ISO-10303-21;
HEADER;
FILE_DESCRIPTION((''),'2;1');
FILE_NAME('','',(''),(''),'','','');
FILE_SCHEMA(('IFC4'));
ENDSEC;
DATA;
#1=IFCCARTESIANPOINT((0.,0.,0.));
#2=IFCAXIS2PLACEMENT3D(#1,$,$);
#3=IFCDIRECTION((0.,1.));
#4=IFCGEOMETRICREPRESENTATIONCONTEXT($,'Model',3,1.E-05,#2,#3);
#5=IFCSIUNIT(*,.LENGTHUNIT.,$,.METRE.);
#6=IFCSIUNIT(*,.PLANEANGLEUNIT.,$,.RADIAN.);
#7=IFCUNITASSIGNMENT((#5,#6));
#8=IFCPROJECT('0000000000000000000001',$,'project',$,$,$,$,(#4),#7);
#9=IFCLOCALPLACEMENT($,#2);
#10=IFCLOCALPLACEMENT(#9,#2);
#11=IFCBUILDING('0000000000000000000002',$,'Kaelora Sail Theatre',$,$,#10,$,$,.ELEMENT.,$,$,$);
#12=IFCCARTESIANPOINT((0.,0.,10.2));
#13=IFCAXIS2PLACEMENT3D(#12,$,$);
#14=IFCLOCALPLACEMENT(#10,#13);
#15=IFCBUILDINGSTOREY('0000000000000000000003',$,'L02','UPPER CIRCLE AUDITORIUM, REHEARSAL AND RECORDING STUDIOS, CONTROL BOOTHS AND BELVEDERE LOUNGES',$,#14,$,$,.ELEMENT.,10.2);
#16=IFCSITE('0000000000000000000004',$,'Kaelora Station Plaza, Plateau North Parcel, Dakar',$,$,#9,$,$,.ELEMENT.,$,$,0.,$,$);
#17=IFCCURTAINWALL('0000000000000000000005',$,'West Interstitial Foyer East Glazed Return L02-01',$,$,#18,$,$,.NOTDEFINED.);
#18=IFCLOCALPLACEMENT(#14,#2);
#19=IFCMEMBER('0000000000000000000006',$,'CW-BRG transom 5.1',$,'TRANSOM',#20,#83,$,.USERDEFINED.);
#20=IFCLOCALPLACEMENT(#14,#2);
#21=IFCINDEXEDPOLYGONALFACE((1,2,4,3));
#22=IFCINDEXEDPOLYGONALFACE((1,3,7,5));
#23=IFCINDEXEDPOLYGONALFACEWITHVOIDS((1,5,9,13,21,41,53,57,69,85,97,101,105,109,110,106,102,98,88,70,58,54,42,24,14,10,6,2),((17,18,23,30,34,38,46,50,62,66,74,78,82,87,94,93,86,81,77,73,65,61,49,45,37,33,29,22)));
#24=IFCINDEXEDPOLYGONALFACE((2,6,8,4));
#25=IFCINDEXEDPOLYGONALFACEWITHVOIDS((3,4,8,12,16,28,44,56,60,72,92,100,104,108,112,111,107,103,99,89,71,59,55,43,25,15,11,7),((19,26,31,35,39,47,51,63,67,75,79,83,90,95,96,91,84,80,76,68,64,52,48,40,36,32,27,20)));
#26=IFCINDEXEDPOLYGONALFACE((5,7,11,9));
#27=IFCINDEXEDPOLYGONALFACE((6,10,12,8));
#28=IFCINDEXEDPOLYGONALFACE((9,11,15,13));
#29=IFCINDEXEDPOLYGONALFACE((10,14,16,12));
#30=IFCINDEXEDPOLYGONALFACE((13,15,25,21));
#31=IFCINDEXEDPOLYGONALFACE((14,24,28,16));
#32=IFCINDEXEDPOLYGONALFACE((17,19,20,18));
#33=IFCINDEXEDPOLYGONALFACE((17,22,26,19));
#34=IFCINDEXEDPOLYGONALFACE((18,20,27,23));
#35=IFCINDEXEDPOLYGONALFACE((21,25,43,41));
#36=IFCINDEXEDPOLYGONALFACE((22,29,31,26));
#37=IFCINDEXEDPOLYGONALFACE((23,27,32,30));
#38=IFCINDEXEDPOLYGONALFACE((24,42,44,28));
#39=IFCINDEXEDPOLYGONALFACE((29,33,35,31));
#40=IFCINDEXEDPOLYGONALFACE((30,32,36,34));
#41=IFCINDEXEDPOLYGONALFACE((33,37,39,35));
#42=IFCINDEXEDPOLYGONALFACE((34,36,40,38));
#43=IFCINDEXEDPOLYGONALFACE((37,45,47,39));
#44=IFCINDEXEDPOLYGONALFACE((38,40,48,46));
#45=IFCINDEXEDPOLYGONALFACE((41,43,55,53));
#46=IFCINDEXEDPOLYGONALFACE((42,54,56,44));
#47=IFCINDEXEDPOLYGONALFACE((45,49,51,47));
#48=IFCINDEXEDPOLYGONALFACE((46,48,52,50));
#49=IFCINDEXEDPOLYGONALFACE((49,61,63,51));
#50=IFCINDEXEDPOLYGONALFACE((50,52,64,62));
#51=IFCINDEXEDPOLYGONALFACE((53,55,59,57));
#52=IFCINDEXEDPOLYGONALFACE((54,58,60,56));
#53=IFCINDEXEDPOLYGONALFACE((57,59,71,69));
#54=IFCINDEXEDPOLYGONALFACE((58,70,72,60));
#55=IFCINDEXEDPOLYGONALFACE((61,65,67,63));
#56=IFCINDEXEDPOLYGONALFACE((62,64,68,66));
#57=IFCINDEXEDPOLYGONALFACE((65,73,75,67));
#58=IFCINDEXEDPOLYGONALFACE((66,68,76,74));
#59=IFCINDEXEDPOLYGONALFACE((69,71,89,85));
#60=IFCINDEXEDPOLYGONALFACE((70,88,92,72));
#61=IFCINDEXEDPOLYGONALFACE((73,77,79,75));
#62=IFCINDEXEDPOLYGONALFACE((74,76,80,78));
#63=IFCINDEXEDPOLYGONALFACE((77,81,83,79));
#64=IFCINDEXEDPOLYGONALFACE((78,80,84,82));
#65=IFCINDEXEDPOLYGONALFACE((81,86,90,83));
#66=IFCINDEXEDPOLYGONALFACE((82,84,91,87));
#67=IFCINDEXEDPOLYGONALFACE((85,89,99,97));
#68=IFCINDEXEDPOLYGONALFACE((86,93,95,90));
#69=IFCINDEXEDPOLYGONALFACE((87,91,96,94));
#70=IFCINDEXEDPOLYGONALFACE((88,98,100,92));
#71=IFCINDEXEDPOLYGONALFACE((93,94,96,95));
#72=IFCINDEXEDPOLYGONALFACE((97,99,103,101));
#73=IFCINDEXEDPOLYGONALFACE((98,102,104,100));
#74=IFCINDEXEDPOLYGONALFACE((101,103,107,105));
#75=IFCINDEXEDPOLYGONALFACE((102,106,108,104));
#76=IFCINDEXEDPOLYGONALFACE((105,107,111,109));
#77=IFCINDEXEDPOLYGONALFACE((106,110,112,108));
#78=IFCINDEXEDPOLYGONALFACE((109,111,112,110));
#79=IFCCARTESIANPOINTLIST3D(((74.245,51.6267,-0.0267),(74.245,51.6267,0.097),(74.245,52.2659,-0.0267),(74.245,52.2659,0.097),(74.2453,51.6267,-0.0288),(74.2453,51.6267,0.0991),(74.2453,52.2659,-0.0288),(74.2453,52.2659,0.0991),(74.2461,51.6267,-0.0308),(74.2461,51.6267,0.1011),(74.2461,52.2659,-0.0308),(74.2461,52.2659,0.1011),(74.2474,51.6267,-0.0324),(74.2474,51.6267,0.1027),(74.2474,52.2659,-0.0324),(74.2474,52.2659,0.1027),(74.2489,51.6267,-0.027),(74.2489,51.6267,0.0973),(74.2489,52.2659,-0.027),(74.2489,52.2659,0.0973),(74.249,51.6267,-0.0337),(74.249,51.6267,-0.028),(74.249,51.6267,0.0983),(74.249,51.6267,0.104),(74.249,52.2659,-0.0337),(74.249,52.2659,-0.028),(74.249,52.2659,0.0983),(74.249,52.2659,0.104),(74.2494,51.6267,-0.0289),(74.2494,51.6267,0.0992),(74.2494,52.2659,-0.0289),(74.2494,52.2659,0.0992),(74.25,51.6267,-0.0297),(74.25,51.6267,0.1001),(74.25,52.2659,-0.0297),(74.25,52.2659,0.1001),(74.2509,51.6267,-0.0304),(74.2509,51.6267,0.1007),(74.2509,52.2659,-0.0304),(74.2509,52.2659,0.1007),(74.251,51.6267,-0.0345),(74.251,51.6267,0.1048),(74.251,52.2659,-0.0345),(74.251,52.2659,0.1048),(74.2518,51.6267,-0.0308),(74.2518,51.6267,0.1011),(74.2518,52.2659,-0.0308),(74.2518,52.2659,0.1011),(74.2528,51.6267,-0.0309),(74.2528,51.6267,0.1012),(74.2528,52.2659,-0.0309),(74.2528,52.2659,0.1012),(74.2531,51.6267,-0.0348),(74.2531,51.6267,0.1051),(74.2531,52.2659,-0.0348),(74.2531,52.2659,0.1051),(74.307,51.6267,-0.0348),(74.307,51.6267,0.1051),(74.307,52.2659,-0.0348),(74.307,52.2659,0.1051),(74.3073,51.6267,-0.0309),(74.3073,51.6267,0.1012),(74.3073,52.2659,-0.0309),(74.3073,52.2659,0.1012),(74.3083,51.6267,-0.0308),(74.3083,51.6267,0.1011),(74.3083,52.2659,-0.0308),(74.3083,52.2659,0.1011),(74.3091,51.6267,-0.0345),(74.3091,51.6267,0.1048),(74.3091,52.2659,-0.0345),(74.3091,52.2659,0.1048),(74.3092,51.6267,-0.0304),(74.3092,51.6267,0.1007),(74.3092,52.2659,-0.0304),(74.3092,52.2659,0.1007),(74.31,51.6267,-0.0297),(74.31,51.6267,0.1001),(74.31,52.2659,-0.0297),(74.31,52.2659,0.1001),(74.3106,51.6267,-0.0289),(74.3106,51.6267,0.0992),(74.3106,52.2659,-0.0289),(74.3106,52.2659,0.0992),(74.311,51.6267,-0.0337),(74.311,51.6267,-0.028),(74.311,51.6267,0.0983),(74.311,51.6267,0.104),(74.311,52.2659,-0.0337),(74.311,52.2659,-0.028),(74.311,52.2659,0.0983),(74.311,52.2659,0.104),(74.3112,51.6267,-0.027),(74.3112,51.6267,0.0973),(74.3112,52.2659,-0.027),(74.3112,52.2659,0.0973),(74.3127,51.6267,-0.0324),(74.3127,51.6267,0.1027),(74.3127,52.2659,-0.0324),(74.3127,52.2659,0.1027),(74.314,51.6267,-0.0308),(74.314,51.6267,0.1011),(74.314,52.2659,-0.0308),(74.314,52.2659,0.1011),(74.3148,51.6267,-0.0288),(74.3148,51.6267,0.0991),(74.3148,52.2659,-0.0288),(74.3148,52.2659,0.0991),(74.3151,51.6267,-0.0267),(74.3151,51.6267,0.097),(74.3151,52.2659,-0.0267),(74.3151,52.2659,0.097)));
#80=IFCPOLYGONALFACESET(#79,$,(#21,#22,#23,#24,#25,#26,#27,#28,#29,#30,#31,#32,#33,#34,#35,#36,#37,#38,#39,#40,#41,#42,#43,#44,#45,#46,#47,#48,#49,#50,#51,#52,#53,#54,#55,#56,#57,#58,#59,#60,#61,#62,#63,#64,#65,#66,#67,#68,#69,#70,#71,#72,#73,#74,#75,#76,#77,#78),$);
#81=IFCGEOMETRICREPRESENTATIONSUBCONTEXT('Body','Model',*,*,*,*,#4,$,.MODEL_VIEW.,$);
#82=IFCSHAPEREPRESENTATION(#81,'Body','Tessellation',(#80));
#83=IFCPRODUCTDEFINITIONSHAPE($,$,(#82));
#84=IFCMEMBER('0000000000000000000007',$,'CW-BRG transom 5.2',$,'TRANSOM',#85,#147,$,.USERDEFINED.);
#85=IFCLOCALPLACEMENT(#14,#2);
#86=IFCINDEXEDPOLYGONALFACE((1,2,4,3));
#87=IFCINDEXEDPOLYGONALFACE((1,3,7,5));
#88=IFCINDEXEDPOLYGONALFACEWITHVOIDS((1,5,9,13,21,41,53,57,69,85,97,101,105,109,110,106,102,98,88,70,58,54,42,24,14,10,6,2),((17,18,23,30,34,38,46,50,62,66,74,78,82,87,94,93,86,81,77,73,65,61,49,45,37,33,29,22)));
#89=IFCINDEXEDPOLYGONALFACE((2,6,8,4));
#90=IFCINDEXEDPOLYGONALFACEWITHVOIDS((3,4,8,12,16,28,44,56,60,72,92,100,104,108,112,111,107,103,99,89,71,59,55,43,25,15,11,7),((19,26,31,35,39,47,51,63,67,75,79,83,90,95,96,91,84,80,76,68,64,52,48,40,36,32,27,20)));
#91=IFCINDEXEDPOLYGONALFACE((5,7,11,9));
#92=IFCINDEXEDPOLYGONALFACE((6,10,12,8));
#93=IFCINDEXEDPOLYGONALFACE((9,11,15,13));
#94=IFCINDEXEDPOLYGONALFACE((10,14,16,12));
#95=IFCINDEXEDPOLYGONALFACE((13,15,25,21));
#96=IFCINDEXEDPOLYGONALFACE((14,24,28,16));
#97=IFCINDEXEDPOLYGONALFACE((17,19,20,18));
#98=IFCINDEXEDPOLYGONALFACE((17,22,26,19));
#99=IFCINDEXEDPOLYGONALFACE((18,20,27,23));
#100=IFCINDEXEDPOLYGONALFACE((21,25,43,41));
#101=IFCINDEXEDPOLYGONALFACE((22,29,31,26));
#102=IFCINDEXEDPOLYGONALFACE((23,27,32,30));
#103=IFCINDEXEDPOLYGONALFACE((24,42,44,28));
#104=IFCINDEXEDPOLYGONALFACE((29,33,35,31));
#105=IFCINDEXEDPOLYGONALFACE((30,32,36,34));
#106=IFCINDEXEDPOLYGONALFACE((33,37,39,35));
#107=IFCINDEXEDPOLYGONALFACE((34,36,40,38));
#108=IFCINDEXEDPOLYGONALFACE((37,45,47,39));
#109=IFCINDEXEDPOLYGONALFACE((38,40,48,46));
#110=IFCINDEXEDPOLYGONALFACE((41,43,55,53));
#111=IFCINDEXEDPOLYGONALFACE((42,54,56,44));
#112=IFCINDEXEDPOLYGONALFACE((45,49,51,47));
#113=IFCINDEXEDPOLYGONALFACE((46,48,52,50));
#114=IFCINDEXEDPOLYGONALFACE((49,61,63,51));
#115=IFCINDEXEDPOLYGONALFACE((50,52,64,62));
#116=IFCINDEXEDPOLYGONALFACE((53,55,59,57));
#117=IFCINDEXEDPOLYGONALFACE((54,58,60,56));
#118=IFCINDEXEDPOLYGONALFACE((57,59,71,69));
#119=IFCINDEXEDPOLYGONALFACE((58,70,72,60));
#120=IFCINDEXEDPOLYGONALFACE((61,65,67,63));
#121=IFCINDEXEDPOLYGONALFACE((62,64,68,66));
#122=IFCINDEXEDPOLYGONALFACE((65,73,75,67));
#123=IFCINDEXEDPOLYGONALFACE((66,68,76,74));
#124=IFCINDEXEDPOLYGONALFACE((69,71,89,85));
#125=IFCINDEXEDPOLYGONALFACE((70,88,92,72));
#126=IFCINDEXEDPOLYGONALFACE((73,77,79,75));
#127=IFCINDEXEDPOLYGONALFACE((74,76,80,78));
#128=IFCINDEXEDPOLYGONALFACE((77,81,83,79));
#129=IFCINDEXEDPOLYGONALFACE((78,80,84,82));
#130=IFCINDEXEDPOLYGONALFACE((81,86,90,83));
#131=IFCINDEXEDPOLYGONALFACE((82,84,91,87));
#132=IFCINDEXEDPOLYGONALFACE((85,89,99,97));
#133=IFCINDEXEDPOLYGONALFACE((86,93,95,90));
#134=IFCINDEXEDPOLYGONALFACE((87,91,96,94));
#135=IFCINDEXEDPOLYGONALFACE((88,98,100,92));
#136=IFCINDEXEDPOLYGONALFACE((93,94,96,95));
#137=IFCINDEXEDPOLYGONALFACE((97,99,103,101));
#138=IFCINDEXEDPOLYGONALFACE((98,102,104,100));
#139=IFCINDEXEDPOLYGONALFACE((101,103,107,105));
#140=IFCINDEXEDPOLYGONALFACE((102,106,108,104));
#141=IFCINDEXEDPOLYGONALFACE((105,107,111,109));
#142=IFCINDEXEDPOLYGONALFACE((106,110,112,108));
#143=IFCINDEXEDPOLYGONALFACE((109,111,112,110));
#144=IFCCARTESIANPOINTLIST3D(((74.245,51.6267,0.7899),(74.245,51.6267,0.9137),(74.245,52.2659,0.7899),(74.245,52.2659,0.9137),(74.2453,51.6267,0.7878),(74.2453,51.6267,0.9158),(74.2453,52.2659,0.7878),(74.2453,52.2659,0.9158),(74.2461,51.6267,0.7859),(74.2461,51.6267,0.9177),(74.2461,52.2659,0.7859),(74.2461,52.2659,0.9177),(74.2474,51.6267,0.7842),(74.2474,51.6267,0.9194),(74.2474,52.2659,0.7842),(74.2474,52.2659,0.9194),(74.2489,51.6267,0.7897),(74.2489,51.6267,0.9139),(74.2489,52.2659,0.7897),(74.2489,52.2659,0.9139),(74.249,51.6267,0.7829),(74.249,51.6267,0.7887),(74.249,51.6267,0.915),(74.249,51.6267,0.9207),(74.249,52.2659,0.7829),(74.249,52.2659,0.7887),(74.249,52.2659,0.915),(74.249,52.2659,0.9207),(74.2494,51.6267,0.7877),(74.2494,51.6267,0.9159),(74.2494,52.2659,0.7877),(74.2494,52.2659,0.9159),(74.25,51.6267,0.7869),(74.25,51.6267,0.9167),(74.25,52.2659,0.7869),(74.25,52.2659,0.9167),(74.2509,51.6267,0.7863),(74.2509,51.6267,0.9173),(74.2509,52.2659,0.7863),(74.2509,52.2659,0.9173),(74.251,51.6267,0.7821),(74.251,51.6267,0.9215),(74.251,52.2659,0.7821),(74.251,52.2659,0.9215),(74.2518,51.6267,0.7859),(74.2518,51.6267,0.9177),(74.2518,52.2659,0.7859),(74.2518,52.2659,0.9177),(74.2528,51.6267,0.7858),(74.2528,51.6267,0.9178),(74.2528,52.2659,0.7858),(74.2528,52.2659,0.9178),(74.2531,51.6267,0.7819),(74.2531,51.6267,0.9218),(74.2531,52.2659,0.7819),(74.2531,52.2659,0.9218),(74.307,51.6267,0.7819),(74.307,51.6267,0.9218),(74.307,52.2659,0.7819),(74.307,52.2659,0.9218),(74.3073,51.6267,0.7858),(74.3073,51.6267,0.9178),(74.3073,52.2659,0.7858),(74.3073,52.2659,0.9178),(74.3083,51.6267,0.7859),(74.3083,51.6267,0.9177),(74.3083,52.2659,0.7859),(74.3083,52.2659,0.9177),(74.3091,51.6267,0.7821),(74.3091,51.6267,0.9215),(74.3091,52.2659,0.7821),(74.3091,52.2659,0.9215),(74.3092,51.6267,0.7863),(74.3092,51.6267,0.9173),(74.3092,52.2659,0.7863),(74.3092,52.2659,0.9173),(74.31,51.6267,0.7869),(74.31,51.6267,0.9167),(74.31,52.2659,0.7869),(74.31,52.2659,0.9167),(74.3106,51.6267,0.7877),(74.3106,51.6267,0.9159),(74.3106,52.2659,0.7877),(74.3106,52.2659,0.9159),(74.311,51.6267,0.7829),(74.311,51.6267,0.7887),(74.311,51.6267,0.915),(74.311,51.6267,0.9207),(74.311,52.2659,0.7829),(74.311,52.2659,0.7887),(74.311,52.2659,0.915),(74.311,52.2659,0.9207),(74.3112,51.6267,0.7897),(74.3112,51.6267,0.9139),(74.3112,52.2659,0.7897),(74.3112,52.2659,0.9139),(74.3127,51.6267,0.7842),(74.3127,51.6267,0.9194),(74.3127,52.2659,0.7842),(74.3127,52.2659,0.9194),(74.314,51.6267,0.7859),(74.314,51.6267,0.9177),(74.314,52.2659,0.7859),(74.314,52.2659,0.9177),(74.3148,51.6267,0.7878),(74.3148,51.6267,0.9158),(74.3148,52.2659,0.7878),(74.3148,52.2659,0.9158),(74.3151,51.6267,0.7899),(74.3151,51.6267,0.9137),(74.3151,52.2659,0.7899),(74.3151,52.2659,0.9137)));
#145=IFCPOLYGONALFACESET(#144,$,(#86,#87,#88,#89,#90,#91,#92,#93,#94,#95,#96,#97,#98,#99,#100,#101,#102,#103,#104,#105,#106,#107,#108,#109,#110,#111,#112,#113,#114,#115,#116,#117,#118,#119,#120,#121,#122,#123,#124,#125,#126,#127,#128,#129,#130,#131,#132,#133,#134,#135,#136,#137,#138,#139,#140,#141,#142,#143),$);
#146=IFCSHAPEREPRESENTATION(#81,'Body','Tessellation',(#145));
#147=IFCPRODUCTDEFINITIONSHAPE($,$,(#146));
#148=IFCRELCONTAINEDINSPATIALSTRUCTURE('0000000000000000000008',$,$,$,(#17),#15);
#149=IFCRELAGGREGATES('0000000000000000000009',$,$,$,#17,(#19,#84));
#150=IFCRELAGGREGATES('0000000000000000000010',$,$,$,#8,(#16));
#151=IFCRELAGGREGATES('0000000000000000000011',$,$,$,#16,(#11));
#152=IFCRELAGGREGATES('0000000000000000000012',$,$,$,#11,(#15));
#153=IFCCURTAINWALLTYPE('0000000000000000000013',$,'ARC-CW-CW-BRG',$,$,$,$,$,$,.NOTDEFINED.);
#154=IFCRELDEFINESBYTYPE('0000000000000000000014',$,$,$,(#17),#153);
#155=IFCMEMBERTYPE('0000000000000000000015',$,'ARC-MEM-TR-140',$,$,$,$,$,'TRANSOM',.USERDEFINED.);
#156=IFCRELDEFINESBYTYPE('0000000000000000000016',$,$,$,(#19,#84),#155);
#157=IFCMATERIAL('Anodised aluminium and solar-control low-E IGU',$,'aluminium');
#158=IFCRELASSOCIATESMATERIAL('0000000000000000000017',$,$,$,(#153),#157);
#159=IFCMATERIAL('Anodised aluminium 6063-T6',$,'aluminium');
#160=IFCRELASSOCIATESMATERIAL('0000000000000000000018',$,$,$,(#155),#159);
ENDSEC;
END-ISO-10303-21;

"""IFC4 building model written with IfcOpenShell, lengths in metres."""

from ifc_helpers import new_model, si_unit, direction, frame, origin, origin_2d, place, context, subcontext, project, spatial, hollow_rectangle, extrude, material, material_profile, profile_set, type_object, element, aggregate, save


model = new_model("IFC4")

# Units and contexts
model_context = context("Model", 3, precision=1e-05, world=origin(), true_north=direction((0.0, 1.0)))
body_context = subcontext(model_context, "Body", "Model", "MODEL_VIEW")
ifc_project = project(units=[si_unit("LENGTHUNIT", "METRE"), si_unit("PLANEANGLEUNIT", "RADIAN")], contexts=[model_context])

# Site, building, storey
site_placement = place(None, origin())
site = spatial("IfcSite", under=ifc_project, at=site_placement, Name="Kaelora Station Plaza, Plateau North Parcel, Dakar", CompositionType="ELEMENT", RefElevation=0.0)
building_placement = place(site_placement, origin())
building = spatial("IfcBuilding", under=site, at=building_placement, Name="Kaelora Sail Theatre", CompositionType="ELEMENT")
storey_placement = place(building_placement, frame((0.0, 0.0, 10.2)))
storey = spatial("IfcBuildingStorey", under=building, at=storey_placement, Name="L02", Description="UPPER CIRCLE AUDITORIUM, REHEARSAL AND RECORDING STUDIOS, CONTROL BOOTHS AND BELVEDERE LOUNGES", CompositionType="ELEMENT", Elevation=10.2)

# Curtain wall
ifc_material_1 = material(Name="Anodised aluminium and solar-control low-E IGU", Category="aluminium")
curtain_wall_type = type_object("IfcCurtainWallType", Name="ARC-CW-CW-BRG", PredefinedType="NOTDEFINED", material=ifc_material_1)
curtain_wall_1_placement = place(storey_placement, origin())
curtain_wall_1 = element("IfcCurtainWall", 1, at=curtain_wall_1_placement, inside=storey, type_object=curtain_wall_type, Name="West Interstitial Foyer East Glazed Return L02-01", PredefinedType="NOTDEFINED")

# Members
ifc_material_2 = material(Name="Anodised aluminium 6063-T6", Category="aluminium")
ifc_material_profile_1 = material_profile(ifc_material_2, hollow_rectangle(XDim=0.0701, YDim=0.1399, WallThickness=0.0039, InnerFilletRadius=0.0039, OuterFilletRadius=0.0081, at=origin_2d()), Name="ALU-TRAN 70x140x4")
ifc_profile_set_1 = profile_set([ifc_material_profile_1], Name="Anodised aluminium 6063-T6")
member_type_1 = type_object("IfcMemberType", Name="ARC-MEM-TR-140", ElementType="TRANSOM", PredefinedType="USERDEFINED", material=ifc_profile_set_1)
member_1_placement = place(storey_placement, frame((74.28, 51.6267, 0.0352), z_axis=(0.0, 1.0, 0.0), x_axis=(-1.0, 0.0, 0.0)))
member_1 = element("IfcMember", 2, at=member_1_placement, type_object=member_type_1, Name="CW-BRG transom 5.1", ObjectType="TRANSOM", PredefinedType="USERDEFINED", context=body_context, shape_type="SweptSolid", body=[
    extrude(hollow_rectangle(XDim=0.0701, YDim=0.1399, WallThickness=0.0039, InnerFilletRadius=0.0039, OuterFilletRadius=0.0081, at=origin_2d()), origin(), (0.0, 0.0, 1.0), 0.6392),
])
member_2_placement = place(storey_placement, frame((74.28, 51.6267, 0.8518), z_axis=(0.0, 1.0, 0.0), x_axis=(-1.0, 0.0, 0.0)))
member_2 = element("IfcMember", 3, at=member_2_placement, type_object=member_type_1, Name="CW-BRG transom 5.2", ObjectType="TRANSOM", PredefinedType="USERDEFINED", context=body_context, shape_type="SweptSolid", body=[
    extrude(hollow_rectangle(XDim=0.0701, YDim=0.1399, WallThickness=0.0039, InnerFilletRadius=0.0039, OuterFilletRadius=0.0081, at=origin_2d()), origin(), (0.0, 0.0, 1.0), 0.6392),
])

aggregate(curtain_wall_1, [member_1, member_2])

save(model, "model.ifc")
